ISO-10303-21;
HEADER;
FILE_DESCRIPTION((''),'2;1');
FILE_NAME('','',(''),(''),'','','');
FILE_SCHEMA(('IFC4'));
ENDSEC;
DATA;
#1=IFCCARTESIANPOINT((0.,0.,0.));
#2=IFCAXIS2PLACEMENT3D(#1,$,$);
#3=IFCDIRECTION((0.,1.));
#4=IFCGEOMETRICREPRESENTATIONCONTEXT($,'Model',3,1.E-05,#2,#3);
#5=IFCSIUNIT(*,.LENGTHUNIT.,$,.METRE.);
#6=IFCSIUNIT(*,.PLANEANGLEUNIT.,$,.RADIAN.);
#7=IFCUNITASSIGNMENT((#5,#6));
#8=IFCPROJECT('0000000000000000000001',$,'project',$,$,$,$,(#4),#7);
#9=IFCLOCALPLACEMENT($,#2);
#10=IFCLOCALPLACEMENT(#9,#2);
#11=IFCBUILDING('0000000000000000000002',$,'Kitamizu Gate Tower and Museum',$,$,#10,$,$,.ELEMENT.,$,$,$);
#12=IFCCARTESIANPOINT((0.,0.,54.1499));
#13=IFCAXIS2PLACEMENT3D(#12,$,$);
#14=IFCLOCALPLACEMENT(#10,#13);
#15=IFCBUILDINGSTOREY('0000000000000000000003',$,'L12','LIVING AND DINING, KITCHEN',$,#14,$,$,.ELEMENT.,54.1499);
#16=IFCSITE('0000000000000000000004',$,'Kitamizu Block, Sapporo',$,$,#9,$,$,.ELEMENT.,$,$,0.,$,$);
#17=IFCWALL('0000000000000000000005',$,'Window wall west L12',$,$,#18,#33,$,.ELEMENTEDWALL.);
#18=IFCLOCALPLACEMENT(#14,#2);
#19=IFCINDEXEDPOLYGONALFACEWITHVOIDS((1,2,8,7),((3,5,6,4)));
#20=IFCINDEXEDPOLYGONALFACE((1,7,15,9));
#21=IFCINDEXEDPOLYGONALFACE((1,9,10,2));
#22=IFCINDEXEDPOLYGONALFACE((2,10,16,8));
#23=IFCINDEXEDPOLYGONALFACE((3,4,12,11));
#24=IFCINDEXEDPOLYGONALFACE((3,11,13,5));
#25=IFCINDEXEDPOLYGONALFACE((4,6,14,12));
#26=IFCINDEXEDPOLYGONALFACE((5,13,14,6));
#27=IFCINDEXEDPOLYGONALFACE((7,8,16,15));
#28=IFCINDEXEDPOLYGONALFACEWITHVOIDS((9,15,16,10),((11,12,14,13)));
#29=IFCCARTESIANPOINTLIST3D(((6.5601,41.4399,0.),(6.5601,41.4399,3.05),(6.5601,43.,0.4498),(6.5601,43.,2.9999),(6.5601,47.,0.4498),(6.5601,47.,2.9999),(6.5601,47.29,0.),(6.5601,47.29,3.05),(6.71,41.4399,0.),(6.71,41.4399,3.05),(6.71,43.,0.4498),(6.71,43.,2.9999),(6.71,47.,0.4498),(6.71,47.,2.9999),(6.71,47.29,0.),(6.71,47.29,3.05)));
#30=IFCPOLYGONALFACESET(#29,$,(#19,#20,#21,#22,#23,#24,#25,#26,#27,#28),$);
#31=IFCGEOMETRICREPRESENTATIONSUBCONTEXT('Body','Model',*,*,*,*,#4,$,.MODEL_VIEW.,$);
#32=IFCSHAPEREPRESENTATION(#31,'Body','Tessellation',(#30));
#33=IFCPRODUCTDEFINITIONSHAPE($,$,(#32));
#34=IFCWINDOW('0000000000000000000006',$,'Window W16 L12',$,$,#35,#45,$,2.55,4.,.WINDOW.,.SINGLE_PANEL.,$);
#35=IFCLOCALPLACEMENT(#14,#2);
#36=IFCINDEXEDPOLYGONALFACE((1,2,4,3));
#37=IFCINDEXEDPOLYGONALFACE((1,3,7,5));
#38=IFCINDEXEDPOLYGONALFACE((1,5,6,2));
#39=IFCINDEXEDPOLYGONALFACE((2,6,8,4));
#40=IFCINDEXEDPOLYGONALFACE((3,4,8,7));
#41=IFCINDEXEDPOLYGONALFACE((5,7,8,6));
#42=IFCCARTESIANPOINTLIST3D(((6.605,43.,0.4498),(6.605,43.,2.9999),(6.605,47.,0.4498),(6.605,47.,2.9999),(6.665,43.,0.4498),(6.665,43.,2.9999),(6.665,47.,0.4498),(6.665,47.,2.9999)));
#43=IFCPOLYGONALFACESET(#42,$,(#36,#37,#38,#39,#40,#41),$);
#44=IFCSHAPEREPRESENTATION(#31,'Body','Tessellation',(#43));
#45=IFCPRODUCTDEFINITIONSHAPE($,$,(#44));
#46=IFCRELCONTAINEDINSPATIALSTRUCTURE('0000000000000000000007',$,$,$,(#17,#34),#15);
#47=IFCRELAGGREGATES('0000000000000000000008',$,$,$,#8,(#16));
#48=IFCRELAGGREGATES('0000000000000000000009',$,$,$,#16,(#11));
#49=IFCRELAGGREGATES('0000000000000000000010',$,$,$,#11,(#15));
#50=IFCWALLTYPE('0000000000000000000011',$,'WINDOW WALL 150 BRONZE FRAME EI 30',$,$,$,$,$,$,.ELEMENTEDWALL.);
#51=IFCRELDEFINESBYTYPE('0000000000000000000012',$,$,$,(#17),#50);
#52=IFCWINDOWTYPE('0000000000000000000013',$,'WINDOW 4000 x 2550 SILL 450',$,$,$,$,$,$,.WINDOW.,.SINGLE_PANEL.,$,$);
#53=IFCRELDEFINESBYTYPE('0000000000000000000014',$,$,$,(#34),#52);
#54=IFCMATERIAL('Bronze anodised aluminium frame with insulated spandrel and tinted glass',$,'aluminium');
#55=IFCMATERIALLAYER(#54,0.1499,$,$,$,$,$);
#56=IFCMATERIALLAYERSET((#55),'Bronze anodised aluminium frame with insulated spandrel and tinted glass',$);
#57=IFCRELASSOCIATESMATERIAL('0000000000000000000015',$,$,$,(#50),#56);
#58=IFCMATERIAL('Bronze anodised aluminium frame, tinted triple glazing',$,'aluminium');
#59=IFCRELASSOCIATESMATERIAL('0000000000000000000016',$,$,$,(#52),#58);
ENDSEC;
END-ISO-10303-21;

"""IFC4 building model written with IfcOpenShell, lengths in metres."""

from ifc_helpers import new_model, si_unit, direction, frame, frame_2d, origin, place, context, subcontext, project, spatial, rectangle, extrude, material, layer, layer_set, type_object, element, fill, save


model = new_model("IFC4")

# Units and contexts
model_context = context("Model", 3, precision=1e-05, world=origin(), true_north=direction((0.0, 1.0)))
body_context = subcontext(model_context, "Body", "Model", "MODEL_VIEW")
ifc_project = project(units=[si_unit("LENGTHUNIT", "METRE"), si_unit("PLANEANGLEUNIT", "RADIAN")], contexts=[model_context])

# Site, building, storey
site_placement = place(None, origin())
site = spatial("IfcSite", under=ifc_project, at=site_placement, Name="Kitamizu Block, Sapporo", CompositionType="ELEMENT", RefElevation=0.0)
building_placement = place(site_placement, origin())
building = spatial("IfcBuilding", under=site, at=building_placement, Name="Kitamizu Gate Tower and Museum", CompositionType="ELEMENT")
storey_placement = place(building_placement, frame((0.0, 0.0, 54.1499)))
storey = spatial("IfcBuildingStorey", under=building, at=storey_placement, Name="L12", Description="LIVING AND DINING, KITCHEN", CompositionType="ELEMENT", Elevation=54.1499)

# Wall, opening, window
ifc_material_1 = material(Name="Bronze anodised aluminium frame with insulated spandrel and tinted glass", Category="aluminium")
ifc_layer = layer(ifc_material_1, 0.1499)
ifc_layer_set = layer_set([ifc_layer], Name="Bronze anodised aluminium frame with insulated spandrel and tinted glass")
wall_type = type_object("IfcWallType", Name="WINDOW WALL 150 BRONZE FRAME EI 30", PredefinedType="ELEMENTEDWALL", material=ifc_layer_set)
wall_placement = place(storey_placement, frame((6.635, 41.4399, 0.0), z_axis=(0.0, 0.0, 1.0), x_axis=(0.0, 1.0, 0.0)))
wall = element("IfcWall", 1, at=wall_placement, inside=storey, type_object=wall_type, Name="Window wall west L12", PredefinedType="ELEMENTEDWALL", context=body_context, shape_type="SweptSolid", body=[
    extrude(rectangle(XDim=5.8501, YDim=0.1499, at=frame_2d((2.925, 0.0))), origin(), (0.0, 0.0, 1.0), 3.05),
])
opening_placement = place(wall_placement, frame((1.5601, 0.0, 0.45)))
opening = element("IfcOpeningElement", 2, at=opening_placement, cuts=wall, PredefinedType="OPENING", context=body_context, shape_type="SweptSolid", body=[
    extrude(rectangle(XDim=4.0, YDim=2.55, at=frame_2d((2.0, 1.2749))), frame((0.0, 0.085, 0.0), z_axis=(0.0, -1.0, 0.0), x_axis=(1.0, 0.0, 0.0)), (0.0, 0.0, 1.0), 0.1699),
])
ifc_material_2 = material(Name="Bronze anodised aluminium frame, tinted triple glazing", Category="aluminium")
window_type = type_object("IfcWindowType", Name="WINDOW 4000 x 2550 SILL 450", PartitioningType="SINGLE_PANEL", PredefinedType="WINDOW", material=ifc_material_2)
window_placement = place(opening_placement, origin())
window = element("IfcWindow", 3, at=window_placement, inside=storey, type_object=window_type, Name="Window W16 L12", OverallHeight=2.55, OverallWidth=4.0, PartitioningType="SINGLE_PANEL", PredefinedType="WINDOW", context=body_context, shape_type="SweptSolid", body=[
    extrude(rectangle(XDim=4.0, YDim=2.55, at=frame_2d((2.0, 1.2749))), frame((0.0, 0.03, 0.0), z_axis=(0.0, -1.0, 0.0), x_axis=(1.0, 0.0, 0.0)), (0.0, 0.0, 1.0), 0.0601),
])
fill(opening, window)

save(model, "model.ifc")
